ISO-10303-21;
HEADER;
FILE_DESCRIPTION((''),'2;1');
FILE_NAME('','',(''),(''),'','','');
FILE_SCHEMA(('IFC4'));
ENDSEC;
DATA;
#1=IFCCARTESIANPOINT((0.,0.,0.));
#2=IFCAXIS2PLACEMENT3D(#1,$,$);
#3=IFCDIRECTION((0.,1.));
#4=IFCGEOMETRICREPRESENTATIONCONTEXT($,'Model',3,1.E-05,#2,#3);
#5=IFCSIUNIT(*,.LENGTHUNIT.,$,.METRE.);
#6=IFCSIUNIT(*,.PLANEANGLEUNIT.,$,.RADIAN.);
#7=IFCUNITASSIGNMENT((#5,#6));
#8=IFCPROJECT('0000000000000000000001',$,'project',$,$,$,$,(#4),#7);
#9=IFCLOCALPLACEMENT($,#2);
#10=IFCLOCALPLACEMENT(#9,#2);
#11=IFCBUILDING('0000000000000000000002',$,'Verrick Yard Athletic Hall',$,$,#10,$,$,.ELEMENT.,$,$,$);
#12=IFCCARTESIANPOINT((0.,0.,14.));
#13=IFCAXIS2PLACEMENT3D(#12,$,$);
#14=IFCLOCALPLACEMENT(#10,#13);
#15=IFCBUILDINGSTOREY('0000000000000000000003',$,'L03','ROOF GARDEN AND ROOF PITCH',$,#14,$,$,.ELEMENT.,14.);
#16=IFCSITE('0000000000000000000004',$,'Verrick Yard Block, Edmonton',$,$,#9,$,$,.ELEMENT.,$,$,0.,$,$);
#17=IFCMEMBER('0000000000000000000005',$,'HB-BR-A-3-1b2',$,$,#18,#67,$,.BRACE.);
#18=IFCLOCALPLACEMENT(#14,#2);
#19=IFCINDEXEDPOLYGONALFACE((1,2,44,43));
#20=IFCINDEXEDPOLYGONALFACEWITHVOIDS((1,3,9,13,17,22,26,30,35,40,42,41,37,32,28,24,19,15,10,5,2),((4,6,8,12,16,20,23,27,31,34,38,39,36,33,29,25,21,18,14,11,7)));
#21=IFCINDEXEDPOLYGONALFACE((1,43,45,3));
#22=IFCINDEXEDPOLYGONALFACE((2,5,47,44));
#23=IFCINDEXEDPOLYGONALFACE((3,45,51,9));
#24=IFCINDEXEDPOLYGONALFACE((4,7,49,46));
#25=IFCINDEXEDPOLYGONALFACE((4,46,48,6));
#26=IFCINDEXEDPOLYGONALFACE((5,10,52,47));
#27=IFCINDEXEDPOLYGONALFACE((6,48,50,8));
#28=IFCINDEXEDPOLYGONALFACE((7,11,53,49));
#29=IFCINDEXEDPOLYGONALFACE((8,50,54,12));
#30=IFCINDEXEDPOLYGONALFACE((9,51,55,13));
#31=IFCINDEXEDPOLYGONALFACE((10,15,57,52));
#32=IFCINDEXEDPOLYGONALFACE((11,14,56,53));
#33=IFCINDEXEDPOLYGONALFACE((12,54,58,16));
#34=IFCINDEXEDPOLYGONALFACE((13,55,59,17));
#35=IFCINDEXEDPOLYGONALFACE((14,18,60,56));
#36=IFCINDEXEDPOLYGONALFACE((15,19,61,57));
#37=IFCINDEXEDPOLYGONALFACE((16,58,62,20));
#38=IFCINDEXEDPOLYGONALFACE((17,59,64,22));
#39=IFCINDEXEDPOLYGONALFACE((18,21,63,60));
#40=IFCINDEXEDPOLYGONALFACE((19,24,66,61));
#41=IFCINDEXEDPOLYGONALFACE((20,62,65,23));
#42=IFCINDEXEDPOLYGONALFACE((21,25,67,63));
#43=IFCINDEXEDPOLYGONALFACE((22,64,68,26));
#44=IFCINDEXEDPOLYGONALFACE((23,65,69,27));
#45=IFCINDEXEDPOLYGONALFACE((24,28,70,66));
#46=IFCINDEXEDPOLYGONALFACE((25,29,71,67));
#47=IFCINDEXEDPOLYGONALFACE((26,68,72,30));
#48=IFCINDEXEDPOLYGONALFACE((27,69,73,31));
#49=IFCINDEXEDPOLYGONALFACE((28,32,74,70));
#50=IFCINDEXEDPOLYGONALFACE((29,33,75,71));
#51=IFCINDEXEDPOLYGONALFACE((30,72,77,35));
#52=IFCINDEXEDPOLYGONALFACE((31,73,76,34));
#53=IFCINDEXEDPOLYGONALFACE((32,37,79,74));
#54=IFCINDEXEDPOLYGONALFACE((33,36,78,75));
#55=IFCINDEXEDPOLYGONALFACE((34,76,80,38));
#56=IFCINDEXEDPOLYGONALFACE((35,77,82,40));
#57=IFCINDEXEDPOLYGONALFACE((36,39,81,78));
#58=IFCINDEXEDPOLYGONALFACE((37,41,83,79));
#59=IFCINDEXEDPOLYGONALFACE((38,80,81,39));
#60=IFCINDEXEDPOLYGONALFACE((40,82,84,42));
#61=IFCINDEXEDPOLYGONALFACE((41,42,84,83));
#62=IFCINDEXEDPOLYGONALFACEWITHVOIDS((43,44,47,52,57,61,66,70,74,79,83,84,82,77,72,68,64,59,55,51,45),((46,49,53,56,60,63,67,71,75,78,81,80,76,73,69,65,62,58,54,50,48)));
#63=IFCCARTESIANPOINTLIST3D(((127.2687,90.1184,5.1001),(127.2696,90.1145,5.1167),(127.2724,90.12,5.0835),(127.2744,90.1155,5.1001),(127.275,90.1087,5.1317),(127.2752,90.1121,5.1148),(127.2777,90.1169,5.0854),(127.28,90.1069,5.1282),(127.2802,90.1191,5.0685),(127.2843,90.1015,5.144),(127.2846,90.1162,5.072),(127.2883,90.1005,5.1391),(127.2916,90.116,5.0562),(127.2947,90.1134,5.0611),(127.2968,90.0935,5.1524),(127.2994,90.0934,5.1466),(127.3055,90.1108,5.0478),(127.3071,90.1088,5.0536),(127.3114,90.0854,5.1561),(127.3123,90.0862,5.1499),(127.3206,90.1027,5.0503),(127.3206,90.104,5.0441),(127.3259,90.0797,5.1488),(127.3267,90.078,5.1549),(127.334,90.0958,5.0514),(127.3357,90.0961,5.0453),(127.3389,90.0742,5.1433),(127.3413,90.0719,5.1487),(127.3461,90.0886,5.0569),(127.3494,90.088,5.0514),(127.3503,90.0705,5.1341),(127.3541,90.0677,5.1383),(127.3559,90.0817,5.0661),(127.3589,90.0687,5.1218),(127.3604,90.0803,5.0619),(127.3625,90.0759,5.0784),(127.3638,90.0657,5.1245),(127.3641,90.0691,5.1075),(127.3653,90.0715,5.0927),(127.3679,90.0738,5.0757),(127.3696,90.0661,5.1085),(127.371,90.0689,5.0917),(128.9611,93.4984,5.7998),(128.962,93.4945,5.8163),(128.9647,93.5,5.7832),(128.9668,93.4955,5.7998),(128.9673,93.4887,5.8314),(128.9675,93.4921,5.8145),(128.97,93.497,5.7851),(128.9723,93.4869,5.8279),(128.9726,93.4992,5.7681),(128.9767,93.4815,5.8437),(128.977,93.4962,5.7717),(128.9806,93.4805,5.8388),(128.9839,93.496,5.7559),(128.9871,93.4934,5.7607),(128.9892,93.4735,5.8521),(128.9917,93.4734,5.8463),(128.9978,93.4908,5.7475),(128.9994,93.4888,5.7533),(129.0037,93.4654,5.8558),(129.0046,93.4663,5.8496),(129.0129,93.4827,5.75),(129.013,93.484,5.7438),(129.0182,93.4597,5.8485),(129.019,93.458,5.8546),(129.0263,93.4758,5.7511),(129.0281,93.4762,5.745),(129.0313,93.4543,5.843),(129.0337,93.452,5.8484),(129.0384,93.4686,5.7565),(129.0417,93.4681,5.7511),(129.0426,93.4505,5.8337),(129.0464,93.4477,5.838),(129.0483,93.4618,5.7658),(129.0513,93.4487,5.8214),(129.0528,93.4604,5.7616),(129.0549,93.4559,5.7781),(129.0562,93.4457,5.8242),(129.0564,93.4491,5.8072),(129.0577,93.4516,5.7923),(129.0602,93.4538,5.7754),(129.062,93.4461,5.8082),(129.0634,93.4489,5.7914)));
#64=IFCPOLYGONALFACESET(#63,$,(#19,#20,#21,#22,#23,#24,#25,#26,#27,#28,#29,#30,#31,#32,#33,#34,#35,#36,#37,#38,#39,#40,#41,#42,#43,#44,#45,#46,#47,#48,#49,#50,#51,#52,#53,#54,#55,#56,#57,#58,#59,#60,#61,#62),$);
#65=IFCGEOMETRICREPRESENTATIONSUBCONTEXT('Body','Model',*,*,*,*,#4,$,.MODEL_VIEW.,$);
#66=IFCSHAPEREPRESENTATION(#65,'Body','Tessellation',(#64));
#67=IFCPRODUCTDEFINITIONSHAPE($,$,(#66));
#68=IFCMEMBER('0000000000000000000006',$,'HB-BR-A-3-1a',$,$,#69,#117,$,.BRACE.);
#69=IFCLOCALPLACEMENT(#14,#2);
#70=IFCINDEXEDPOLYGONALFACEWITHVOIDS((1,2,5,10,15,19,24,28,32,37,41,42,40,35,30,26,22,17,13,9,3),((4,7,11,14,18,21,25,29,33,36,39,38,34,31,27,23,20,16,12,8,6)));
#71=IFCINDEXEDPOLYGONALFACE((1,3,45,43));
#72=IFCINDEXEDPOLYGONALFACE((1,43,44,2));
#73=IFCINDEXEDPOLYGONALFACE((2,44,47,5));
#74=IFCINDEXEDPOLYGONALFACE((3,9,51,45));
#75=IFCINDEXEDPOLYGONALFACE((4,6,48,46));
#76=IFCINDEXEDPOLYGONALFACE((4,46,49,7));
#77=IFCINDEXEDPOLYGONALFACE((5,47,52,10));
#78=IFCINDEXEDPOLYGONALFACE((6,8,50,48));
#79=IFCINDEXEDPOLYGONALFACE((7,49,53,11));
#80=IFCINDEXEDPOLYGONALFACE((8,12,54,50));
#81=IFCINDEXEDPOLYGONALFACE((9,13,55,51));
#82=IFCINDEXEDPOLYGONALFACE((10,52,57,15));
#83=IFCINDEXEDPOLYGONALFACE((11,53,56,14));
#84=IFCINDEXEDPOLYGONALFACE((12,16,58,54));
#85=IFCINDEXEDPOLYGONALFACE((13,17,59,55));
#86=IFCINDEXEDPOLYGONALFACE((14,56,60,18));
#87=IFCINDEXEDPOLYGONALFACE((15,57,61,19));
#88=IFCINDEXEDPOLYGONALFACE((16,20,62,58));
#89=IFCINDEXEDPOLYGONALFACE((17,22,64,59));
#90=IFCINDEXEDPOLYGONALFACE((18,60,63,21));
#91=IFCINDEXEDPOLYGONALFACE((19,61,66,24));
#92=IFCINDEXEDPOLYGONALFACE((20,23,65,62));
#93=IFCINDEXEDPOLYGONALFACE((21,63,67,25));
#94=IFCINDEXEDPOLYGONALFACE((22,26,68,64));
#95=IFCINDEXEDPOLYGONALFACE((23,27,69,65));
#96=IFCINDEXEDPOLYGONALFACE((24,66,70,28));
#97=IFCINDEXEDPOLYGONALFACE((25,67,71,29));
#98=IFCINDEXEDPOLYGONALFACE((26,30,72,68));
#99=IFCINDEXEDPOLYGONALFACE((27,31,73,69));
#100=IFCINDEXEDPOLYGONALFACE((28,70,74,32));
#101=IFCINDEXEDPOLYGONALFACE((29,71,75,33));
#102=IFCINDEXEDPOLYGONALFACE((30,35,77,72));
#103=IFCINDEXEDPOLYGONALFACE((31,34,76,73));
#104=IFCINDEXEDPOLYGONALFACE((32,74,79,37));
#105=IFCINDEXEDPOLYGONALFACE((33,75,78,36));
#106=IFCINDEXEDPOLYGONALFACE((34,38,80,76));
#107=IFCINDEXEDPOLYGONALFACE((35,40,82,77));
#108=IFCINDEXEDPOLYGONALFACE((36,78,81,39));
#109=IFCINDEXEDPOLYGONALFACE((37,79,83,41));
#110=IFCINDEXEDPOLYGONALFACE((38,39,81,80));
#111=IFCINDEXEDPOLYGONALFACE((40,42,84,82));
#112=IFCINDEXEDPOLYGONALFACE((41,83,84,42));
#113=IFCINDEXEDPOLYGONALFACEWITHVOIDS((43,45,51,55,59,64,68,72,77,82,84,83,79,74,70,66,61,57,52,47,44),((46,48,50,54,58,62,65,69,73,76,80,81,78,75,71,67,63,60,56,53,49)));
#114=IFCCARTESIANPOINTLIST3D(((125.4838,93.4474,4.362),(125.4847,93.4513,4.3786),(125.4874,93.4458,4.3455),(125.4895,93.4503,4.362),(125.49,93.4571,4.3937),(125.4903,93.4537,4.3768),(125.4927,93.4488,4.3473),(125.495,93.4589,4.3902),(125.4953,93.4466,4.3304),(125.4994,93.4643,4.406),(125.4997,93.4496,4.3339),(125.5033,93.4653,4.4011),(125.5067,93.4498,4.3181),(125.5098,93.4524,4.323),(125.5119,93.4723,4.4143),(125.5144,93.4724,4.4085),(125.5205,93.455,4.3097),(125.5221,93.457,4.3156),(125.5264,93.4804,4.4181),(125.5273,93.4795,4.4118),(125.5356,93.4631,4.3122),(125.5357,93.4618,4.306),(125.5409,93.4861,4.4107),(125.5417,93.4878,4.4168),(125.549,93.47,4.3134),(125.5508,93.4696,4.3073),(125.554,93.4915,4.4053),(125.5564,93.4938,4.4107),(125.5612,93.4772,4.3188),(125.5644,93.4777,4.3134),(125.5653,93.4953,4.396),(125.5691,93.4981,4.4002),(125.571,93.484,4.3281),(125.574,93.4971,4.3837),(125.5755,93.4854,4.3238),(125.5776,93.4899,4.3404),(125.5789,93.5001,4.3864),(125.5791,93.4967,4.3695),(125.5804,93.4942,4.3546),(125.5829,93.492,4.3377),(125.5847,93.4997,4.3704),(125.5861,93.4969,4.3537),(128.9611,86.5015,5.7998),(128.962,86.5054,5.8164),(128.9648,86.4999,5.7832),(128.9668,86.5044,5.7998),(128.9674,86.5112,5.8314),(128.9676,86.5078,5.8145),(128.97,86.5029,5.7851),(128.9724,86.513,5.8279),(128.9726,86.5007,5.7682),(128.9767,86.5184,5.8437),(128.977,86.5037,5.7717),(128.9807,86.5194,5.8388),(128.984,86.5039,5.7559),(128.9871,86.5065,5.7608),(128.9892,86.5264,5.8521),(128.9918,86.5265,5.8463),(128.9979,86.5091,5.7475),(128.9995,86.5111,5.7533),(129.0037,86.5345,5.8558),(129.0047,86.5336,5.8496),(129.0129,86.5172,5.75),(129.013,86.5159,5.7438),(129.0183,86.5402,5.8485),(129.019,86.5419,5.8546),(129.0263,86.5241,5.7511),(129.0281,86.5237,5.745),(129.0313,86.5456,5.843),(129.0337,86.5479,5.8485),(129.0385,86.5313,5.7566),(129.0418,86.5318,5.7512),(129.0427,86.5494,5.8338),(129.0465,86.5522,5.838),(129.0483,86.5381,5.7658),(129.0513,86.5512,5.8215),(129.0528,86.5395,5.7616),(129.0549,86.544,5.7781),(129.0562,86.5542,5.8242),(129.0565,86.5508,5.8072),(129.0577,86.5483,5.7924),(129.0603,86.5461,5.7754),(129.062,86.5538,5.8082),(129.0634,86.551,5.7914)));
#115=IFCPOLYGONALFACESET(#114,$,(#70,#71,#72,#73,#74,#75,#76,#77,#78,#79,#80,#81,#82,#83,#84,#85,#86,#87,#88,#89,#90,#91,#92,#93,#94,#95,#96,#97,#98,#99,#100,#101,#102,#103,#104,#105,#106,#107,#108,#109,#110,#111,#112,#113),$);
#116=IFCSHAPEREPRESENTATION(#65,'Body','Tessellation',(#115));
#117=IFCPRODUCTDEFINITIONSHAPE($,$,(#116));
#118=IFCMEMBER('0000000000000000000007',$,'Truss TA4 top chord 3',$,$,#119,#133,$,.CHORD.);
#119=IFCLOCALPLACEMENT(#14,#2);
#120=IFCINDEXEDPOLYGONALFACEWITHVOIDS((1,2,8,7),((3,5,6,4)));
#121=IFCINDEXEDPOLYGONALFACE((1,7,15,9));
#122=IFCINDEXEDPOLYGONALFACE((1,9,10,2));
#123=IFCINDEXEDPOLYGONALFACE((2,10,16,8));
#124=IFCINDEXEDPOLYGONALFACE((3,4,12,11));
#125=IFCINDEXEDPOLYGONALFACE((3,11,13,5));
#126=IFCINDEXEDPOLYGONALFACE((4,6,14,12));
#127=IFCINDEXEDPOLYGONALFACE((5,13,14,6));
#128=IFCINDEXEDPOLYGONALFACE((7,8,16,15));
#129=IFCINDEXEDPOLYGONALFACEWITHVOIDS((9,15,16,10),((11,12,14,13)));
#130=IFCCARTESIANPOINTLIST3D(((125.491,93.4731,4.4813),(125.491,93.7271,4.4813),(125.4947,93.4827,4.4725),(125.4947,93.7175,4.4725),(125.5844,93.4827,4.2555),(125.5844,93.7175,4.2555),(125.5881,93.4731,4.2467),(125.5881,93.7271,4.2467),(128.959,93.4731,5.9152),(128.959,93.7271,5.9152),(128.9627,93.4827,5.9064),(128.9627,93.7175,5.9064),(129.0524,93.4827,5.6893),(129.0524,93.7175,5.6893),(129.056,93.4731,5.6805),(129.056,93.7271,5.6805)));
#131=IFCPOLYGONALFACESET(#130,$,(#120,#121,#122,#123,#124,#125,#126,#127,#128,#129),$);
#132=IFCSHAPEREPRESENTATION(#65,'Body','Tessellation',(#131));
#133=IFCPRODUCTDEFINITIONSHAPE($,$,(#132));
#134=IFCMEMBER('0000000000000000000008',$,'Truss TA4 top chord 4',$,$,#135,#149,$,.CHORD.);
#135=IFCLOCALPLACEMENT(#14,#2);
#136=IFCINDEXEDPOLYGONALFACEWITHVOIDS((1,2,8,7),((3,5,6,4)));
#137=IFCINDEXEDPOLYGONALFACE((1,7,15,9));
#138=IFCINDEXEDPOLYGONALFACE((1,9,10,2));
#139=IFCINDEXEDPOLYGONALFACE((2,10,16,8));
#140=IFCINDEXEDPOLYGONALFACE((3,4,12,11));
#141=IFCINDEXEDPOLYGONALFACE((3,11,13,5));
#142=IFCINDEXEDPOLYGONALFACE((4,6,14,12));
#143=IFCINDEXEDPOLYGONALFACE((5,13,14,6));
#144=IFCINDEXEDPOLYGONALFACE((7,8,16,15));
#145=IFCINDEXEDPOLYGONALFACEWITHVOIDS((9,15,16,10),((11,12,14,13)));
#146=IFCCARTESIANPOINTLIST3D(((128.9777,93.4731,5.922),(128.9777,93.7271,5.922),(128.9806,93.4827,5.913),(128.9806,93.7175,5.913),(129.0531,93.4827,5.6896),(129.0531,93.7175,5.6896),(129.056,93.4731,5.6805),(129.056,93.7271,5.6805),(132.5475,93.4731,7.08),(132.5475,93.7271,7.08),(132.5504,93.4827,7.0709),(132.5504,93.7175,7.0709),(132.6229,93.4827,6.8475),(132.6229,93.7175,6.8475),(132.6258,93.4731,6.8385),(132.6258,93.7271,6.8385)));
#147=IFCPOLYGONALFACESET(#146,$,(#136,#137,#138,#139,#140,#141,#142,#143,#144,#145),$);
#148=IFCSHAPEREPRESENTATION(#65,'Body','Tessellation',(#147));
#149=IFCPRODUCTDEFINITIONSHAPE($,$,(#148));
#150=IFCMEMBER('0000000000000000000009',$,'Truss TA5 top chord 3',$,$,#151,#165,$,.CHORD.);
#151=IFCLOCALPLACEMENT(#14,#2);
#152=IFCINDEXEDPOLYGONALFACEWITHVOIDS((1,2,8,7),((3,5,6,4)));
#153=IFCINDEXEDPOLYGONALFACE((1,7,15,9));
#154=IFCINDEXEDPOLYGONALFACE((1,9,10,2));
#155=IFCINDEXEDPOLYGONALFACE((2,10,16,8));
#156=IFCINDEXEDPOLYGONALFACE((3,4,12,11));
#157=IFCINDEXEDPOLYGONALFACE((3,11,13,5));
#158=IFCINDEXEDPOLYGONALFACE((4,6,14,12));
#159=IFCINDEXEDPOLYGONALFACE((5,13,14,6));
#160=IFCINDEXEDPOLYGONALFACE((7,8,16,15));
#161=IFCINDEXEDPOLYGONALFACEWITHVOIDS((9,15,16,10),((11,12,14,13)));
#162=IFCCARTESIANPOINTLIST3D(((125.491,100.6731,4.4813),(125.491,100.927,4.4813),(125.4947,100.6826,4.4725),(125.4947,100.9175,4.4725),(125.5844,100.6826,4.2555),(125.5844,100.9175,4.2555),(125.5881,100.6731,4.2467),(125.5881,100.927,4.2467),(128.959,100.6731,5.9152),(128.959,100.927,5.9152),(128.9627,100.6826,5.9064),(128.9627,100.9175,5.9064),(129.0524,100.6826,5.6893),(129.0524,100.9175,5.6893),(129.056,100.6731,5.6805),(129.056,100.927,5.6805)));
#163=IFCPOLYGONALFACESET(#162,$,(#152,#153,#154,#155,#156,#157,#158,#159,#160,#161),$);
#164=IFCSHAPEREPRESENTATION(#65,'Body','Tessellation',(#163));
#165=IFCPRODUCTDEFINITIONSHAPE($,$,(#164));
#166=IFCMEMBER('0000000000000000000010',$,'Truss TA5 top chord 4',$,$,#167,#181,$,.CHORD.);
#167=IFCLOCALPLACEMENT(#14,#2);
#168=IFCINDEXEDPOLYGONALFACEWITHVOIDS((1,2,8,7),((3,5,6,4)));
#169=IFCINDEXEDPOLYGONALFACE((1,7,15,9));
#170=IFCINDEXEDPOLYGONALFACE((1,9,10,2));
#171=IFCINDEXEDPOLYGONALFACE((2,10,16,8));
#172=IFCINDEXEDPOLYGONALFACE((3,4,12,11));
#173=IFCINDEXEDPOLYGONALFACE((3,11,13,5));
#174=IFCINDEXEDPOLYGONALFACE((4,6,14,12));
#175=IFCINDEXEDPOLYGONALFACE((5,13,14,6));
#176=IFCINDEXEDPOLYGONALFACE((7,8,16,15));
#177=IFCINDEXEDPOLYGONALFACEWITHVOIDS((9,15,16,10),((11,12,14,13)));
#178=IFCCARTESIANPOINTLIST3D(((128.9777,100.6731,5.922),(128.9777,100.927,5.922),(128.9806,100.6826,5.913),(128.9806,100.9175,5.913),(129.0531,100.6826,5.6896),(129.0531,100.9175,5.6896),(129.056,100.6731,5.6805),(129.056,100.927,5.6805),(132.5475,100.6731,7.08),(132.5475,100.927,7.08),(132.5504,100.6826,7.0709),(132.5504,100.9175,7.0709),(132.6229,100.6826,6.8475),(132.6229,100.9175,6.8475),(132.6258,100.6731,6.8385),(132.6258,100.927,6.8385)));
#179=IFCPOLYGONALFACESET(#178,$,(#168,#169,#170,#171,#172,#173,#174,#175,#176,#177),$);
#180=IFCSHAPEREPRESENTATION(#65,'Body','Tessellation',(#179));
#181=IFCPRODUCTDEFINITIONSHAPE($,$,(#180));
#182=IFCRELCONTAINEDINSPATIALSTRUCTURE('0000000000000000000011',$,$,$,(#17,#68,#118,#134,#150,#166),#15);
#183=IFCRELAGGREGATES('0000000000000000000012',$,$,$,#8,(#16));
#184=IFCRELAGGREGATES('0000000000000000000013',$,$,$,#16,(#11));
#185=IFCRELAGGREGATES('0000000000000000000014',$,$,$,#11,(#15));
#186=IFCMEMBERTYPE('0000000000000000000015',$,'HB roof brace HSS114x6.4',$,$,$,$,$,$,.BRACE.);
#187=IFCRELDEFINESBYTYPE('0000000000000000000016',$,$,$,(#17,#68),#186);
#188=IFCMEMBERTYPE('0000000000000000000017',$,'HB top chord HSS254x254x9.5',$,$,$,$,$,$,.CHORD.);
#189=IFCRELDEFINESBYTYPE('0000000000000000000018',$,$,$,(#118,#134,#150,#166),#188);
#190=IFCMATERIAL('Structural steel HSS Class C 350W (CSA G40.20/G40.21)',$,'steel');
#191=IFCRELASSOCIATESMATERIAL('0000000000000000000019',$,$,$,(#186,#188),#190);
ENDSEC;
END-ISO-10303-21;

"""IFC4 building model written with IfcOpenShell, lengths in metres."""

from ifc_helpers import new_model, si_unit, direction, frame, origin, origin_2d, place, context, subcontext, project, spatial, hollow_rectangle, hollow_circle, extrude, material, material_profile, profile_set, type_object, element, save


model = new_model("IFC4")

# Units and contexts
model_context = context("Model", 3, precision=1e-05, world=origin(), true_north=direction((0.0, 1.0)))
body_context = subcontext(model_context, "Body", "Model", "MODEL_VIEW")
ifc_project = project(units=[si_unit("LENGTHUNIT", "METRE"), si_unit("PLANEANGLEUNIT", "RADIAN")], contexts=[model_context])

# Site, building, storey
site_placement = place(None, origin())
site = spatial("IfcSite", under=ifc_project, at=site_placement, Name="Verrick Yard Block, Edmonton", CompositionType="ELEMENT", RefElevation=0.0)
building_placement = place(site_placement, origin())
building = spatial("IfcBuilding", under=site, at=building_placement, Name="Verrick Yard Athletic Hall", CompositionType="ELEMENT")
storey_placement = place(building_placement, frame((0.0, 0.0, 14.0)))
storey = spatial("IfcBuildingStorey", under=building, at=storey_placement, Name="L03", Description="ROOF GARDEN AND ROOF PITCH", CompositionType="ELEMENT", Elevation=14.0)

# Members
ifc_material_1 = material(Name="Structural steel HSS Class C 350W (CSA G40.20/G40.21)", Category="steel")
ifc_material_profile_1 = material_profile(ifc_material_1, hollow_circle(Radius=0.0571, WallThickness=0.0063, at=origin_2d()), Name="HSS114x6.4")
ifc_profile_set_1 = profile_set([ifc_material_profile_1], Name="Structural steel HSS Class C 350W (CSA G40.20/G40.21)")
member_type_1 = type_object("IfcMemberType", Name="HB roof brace HSS114x6.4", PredefinedType="BRACE", material=ifc_profile_set_1)
for number, where, z_axis, x_axis, name in (
    (1, (127.3198, 90.0928, 5.1001), (0.440226, 0.879246, 0.182009), (-0.894182, 0.447704, 0.0), "HB-BR-A-3-1b2"),
):
    element("IfcMember", number, at=place(storey_placement, frame(where, z_axis=z_axis, x_axis=x_axis)), inside=storey, type_object=member_type_1, Name=name, PredefinedType="BRACE", context=body_context, shape_type="SweptSolid", body=[
        extrude(hollow_circle(Radius=0.0571, WallThickness=0.0063, at=origin_2d()), origin(), (0.0, 0.0, 1.0), 3.8442),
    ])
member_1_placement = place(storey_placement, frame((129.0122, 86.5271, 5.7998), z_axis=(-0.440189, 0.879266, -0.182003), x_axis=(-0.894201, -0.447666, 0.0)))
element("IfcMember", 2, at=member_1_placement, inside=storey, type_object=member_type_1, Name="HB-BR-A-3-1a", PredefinedType="BRACE", context=body_context, shape_type="SweptSolid", body=[
    extrude(hollow_circle(Radius=0.0571, WallThickness=0.0063, at=origin_2d()), origin(), (0.0, 0.0, 1.0), 7.8997),
])
ifc_material_profile_2 = material_profile(ifc_material_1, hollow_rectangle(XDim=0.2539, YDim=0.2539, WallThickness=0.0095, at=origin_2d()), Name="HSS254x254x9.5")
ifc_profile_set_2 = profile_set([ifc_material_profile_2], Name="Structural steel HSS Class C 350W (CSA G40.20/G40.21)")
member_type_2 = type_object("IfcMemberType", Name="HB top chord HSS254x254x9.5", PredefinedType="CHORD", material=ifc_profile_set_2)
member_2_placement = place(storey_placement, frame((125.5396, 93.6001, 4.364), z_axis=(0.92413, 0.0, 0.382078), x_axis=(0.0, 1.0, 0.0)))
element("IfcMember", 3, at=member_2_placement, inside=storey, type_object=member_type_2, Name="Truss TA4 top chord 3", PredefinedType="CHORD", context=body_context, shape_type="SweptSolid", body=[
    extrude(hollow_rectangle(XDim=0.2539, YDim=0.2539, WallThickness=0.0095, at=origin_2d()), origin(), (0.0, 0.0, 1.0), 3.7527),
])
member_3_placement = place(storey_placement, frame((129.0168, 93.6001, 5.8013), z_axis=(0.951209, 0.0, 0.308548), x_axis=(0.0, 1.0, 0.0)))
element("IfcMember", 4, at=member_3_placement, inside=storey, type_object=member_type_2, Name="Truss TA4 top chord 4", PredefinedType="CHORD", context=body_context, shape_type="SweptSolid", body=[
    extrude(hollow_rectangle(XDim=0.2539, YDim=0.2539, WallThickness=0.0095, at=origin_2d()), origin(), (0.0, 0.0, 1.0), 3.7529),
])
member_4_placement = place(storey_placement, frame((125.5396, 100.8, 4.364), z_axis=(0.92413, 0.0, 0.382078), x_axis=(0.0, 1.0, 0.0)))
element("IfcMember", 5, at=member_4_placement, inside=storey, type_object=member_type_2, Name="Truss TA5 top chord 3", PredefinedType="CHORD", context=body_context, shape_type="SweptSolid", body=[
    extrude(hollow_rectangle(XDim=0.2539, YDim=0.2539, WallThickness=0.0095, at=origin_2d()), origin(), (0.0, 0.0, 1.0), 3.7527),
])
member_5_placement = place(storey_placement, frame((129.0168, 100.8, 5.8013), z_axis=(0.951209, 0.0, 0.308548), x_axis=(0.0, 1.0, 0.0)))
element("IfcMember", 6, at=member_5_placement, inside=storey, type_object=member_type_2, Name="Truss TA5 top chord 4", PredefinedType="CHORD", context=body_context, shape_type="SweptSolid", body=[
    extrude(hollow_rectangle(XDim=0.2539, YDim=0.2539, WallThickness=0.0095, at=origin_2d()), origin(), (0.0, 0.0, 1.0), 3.7529),
])

save(model, "model.ifc")
